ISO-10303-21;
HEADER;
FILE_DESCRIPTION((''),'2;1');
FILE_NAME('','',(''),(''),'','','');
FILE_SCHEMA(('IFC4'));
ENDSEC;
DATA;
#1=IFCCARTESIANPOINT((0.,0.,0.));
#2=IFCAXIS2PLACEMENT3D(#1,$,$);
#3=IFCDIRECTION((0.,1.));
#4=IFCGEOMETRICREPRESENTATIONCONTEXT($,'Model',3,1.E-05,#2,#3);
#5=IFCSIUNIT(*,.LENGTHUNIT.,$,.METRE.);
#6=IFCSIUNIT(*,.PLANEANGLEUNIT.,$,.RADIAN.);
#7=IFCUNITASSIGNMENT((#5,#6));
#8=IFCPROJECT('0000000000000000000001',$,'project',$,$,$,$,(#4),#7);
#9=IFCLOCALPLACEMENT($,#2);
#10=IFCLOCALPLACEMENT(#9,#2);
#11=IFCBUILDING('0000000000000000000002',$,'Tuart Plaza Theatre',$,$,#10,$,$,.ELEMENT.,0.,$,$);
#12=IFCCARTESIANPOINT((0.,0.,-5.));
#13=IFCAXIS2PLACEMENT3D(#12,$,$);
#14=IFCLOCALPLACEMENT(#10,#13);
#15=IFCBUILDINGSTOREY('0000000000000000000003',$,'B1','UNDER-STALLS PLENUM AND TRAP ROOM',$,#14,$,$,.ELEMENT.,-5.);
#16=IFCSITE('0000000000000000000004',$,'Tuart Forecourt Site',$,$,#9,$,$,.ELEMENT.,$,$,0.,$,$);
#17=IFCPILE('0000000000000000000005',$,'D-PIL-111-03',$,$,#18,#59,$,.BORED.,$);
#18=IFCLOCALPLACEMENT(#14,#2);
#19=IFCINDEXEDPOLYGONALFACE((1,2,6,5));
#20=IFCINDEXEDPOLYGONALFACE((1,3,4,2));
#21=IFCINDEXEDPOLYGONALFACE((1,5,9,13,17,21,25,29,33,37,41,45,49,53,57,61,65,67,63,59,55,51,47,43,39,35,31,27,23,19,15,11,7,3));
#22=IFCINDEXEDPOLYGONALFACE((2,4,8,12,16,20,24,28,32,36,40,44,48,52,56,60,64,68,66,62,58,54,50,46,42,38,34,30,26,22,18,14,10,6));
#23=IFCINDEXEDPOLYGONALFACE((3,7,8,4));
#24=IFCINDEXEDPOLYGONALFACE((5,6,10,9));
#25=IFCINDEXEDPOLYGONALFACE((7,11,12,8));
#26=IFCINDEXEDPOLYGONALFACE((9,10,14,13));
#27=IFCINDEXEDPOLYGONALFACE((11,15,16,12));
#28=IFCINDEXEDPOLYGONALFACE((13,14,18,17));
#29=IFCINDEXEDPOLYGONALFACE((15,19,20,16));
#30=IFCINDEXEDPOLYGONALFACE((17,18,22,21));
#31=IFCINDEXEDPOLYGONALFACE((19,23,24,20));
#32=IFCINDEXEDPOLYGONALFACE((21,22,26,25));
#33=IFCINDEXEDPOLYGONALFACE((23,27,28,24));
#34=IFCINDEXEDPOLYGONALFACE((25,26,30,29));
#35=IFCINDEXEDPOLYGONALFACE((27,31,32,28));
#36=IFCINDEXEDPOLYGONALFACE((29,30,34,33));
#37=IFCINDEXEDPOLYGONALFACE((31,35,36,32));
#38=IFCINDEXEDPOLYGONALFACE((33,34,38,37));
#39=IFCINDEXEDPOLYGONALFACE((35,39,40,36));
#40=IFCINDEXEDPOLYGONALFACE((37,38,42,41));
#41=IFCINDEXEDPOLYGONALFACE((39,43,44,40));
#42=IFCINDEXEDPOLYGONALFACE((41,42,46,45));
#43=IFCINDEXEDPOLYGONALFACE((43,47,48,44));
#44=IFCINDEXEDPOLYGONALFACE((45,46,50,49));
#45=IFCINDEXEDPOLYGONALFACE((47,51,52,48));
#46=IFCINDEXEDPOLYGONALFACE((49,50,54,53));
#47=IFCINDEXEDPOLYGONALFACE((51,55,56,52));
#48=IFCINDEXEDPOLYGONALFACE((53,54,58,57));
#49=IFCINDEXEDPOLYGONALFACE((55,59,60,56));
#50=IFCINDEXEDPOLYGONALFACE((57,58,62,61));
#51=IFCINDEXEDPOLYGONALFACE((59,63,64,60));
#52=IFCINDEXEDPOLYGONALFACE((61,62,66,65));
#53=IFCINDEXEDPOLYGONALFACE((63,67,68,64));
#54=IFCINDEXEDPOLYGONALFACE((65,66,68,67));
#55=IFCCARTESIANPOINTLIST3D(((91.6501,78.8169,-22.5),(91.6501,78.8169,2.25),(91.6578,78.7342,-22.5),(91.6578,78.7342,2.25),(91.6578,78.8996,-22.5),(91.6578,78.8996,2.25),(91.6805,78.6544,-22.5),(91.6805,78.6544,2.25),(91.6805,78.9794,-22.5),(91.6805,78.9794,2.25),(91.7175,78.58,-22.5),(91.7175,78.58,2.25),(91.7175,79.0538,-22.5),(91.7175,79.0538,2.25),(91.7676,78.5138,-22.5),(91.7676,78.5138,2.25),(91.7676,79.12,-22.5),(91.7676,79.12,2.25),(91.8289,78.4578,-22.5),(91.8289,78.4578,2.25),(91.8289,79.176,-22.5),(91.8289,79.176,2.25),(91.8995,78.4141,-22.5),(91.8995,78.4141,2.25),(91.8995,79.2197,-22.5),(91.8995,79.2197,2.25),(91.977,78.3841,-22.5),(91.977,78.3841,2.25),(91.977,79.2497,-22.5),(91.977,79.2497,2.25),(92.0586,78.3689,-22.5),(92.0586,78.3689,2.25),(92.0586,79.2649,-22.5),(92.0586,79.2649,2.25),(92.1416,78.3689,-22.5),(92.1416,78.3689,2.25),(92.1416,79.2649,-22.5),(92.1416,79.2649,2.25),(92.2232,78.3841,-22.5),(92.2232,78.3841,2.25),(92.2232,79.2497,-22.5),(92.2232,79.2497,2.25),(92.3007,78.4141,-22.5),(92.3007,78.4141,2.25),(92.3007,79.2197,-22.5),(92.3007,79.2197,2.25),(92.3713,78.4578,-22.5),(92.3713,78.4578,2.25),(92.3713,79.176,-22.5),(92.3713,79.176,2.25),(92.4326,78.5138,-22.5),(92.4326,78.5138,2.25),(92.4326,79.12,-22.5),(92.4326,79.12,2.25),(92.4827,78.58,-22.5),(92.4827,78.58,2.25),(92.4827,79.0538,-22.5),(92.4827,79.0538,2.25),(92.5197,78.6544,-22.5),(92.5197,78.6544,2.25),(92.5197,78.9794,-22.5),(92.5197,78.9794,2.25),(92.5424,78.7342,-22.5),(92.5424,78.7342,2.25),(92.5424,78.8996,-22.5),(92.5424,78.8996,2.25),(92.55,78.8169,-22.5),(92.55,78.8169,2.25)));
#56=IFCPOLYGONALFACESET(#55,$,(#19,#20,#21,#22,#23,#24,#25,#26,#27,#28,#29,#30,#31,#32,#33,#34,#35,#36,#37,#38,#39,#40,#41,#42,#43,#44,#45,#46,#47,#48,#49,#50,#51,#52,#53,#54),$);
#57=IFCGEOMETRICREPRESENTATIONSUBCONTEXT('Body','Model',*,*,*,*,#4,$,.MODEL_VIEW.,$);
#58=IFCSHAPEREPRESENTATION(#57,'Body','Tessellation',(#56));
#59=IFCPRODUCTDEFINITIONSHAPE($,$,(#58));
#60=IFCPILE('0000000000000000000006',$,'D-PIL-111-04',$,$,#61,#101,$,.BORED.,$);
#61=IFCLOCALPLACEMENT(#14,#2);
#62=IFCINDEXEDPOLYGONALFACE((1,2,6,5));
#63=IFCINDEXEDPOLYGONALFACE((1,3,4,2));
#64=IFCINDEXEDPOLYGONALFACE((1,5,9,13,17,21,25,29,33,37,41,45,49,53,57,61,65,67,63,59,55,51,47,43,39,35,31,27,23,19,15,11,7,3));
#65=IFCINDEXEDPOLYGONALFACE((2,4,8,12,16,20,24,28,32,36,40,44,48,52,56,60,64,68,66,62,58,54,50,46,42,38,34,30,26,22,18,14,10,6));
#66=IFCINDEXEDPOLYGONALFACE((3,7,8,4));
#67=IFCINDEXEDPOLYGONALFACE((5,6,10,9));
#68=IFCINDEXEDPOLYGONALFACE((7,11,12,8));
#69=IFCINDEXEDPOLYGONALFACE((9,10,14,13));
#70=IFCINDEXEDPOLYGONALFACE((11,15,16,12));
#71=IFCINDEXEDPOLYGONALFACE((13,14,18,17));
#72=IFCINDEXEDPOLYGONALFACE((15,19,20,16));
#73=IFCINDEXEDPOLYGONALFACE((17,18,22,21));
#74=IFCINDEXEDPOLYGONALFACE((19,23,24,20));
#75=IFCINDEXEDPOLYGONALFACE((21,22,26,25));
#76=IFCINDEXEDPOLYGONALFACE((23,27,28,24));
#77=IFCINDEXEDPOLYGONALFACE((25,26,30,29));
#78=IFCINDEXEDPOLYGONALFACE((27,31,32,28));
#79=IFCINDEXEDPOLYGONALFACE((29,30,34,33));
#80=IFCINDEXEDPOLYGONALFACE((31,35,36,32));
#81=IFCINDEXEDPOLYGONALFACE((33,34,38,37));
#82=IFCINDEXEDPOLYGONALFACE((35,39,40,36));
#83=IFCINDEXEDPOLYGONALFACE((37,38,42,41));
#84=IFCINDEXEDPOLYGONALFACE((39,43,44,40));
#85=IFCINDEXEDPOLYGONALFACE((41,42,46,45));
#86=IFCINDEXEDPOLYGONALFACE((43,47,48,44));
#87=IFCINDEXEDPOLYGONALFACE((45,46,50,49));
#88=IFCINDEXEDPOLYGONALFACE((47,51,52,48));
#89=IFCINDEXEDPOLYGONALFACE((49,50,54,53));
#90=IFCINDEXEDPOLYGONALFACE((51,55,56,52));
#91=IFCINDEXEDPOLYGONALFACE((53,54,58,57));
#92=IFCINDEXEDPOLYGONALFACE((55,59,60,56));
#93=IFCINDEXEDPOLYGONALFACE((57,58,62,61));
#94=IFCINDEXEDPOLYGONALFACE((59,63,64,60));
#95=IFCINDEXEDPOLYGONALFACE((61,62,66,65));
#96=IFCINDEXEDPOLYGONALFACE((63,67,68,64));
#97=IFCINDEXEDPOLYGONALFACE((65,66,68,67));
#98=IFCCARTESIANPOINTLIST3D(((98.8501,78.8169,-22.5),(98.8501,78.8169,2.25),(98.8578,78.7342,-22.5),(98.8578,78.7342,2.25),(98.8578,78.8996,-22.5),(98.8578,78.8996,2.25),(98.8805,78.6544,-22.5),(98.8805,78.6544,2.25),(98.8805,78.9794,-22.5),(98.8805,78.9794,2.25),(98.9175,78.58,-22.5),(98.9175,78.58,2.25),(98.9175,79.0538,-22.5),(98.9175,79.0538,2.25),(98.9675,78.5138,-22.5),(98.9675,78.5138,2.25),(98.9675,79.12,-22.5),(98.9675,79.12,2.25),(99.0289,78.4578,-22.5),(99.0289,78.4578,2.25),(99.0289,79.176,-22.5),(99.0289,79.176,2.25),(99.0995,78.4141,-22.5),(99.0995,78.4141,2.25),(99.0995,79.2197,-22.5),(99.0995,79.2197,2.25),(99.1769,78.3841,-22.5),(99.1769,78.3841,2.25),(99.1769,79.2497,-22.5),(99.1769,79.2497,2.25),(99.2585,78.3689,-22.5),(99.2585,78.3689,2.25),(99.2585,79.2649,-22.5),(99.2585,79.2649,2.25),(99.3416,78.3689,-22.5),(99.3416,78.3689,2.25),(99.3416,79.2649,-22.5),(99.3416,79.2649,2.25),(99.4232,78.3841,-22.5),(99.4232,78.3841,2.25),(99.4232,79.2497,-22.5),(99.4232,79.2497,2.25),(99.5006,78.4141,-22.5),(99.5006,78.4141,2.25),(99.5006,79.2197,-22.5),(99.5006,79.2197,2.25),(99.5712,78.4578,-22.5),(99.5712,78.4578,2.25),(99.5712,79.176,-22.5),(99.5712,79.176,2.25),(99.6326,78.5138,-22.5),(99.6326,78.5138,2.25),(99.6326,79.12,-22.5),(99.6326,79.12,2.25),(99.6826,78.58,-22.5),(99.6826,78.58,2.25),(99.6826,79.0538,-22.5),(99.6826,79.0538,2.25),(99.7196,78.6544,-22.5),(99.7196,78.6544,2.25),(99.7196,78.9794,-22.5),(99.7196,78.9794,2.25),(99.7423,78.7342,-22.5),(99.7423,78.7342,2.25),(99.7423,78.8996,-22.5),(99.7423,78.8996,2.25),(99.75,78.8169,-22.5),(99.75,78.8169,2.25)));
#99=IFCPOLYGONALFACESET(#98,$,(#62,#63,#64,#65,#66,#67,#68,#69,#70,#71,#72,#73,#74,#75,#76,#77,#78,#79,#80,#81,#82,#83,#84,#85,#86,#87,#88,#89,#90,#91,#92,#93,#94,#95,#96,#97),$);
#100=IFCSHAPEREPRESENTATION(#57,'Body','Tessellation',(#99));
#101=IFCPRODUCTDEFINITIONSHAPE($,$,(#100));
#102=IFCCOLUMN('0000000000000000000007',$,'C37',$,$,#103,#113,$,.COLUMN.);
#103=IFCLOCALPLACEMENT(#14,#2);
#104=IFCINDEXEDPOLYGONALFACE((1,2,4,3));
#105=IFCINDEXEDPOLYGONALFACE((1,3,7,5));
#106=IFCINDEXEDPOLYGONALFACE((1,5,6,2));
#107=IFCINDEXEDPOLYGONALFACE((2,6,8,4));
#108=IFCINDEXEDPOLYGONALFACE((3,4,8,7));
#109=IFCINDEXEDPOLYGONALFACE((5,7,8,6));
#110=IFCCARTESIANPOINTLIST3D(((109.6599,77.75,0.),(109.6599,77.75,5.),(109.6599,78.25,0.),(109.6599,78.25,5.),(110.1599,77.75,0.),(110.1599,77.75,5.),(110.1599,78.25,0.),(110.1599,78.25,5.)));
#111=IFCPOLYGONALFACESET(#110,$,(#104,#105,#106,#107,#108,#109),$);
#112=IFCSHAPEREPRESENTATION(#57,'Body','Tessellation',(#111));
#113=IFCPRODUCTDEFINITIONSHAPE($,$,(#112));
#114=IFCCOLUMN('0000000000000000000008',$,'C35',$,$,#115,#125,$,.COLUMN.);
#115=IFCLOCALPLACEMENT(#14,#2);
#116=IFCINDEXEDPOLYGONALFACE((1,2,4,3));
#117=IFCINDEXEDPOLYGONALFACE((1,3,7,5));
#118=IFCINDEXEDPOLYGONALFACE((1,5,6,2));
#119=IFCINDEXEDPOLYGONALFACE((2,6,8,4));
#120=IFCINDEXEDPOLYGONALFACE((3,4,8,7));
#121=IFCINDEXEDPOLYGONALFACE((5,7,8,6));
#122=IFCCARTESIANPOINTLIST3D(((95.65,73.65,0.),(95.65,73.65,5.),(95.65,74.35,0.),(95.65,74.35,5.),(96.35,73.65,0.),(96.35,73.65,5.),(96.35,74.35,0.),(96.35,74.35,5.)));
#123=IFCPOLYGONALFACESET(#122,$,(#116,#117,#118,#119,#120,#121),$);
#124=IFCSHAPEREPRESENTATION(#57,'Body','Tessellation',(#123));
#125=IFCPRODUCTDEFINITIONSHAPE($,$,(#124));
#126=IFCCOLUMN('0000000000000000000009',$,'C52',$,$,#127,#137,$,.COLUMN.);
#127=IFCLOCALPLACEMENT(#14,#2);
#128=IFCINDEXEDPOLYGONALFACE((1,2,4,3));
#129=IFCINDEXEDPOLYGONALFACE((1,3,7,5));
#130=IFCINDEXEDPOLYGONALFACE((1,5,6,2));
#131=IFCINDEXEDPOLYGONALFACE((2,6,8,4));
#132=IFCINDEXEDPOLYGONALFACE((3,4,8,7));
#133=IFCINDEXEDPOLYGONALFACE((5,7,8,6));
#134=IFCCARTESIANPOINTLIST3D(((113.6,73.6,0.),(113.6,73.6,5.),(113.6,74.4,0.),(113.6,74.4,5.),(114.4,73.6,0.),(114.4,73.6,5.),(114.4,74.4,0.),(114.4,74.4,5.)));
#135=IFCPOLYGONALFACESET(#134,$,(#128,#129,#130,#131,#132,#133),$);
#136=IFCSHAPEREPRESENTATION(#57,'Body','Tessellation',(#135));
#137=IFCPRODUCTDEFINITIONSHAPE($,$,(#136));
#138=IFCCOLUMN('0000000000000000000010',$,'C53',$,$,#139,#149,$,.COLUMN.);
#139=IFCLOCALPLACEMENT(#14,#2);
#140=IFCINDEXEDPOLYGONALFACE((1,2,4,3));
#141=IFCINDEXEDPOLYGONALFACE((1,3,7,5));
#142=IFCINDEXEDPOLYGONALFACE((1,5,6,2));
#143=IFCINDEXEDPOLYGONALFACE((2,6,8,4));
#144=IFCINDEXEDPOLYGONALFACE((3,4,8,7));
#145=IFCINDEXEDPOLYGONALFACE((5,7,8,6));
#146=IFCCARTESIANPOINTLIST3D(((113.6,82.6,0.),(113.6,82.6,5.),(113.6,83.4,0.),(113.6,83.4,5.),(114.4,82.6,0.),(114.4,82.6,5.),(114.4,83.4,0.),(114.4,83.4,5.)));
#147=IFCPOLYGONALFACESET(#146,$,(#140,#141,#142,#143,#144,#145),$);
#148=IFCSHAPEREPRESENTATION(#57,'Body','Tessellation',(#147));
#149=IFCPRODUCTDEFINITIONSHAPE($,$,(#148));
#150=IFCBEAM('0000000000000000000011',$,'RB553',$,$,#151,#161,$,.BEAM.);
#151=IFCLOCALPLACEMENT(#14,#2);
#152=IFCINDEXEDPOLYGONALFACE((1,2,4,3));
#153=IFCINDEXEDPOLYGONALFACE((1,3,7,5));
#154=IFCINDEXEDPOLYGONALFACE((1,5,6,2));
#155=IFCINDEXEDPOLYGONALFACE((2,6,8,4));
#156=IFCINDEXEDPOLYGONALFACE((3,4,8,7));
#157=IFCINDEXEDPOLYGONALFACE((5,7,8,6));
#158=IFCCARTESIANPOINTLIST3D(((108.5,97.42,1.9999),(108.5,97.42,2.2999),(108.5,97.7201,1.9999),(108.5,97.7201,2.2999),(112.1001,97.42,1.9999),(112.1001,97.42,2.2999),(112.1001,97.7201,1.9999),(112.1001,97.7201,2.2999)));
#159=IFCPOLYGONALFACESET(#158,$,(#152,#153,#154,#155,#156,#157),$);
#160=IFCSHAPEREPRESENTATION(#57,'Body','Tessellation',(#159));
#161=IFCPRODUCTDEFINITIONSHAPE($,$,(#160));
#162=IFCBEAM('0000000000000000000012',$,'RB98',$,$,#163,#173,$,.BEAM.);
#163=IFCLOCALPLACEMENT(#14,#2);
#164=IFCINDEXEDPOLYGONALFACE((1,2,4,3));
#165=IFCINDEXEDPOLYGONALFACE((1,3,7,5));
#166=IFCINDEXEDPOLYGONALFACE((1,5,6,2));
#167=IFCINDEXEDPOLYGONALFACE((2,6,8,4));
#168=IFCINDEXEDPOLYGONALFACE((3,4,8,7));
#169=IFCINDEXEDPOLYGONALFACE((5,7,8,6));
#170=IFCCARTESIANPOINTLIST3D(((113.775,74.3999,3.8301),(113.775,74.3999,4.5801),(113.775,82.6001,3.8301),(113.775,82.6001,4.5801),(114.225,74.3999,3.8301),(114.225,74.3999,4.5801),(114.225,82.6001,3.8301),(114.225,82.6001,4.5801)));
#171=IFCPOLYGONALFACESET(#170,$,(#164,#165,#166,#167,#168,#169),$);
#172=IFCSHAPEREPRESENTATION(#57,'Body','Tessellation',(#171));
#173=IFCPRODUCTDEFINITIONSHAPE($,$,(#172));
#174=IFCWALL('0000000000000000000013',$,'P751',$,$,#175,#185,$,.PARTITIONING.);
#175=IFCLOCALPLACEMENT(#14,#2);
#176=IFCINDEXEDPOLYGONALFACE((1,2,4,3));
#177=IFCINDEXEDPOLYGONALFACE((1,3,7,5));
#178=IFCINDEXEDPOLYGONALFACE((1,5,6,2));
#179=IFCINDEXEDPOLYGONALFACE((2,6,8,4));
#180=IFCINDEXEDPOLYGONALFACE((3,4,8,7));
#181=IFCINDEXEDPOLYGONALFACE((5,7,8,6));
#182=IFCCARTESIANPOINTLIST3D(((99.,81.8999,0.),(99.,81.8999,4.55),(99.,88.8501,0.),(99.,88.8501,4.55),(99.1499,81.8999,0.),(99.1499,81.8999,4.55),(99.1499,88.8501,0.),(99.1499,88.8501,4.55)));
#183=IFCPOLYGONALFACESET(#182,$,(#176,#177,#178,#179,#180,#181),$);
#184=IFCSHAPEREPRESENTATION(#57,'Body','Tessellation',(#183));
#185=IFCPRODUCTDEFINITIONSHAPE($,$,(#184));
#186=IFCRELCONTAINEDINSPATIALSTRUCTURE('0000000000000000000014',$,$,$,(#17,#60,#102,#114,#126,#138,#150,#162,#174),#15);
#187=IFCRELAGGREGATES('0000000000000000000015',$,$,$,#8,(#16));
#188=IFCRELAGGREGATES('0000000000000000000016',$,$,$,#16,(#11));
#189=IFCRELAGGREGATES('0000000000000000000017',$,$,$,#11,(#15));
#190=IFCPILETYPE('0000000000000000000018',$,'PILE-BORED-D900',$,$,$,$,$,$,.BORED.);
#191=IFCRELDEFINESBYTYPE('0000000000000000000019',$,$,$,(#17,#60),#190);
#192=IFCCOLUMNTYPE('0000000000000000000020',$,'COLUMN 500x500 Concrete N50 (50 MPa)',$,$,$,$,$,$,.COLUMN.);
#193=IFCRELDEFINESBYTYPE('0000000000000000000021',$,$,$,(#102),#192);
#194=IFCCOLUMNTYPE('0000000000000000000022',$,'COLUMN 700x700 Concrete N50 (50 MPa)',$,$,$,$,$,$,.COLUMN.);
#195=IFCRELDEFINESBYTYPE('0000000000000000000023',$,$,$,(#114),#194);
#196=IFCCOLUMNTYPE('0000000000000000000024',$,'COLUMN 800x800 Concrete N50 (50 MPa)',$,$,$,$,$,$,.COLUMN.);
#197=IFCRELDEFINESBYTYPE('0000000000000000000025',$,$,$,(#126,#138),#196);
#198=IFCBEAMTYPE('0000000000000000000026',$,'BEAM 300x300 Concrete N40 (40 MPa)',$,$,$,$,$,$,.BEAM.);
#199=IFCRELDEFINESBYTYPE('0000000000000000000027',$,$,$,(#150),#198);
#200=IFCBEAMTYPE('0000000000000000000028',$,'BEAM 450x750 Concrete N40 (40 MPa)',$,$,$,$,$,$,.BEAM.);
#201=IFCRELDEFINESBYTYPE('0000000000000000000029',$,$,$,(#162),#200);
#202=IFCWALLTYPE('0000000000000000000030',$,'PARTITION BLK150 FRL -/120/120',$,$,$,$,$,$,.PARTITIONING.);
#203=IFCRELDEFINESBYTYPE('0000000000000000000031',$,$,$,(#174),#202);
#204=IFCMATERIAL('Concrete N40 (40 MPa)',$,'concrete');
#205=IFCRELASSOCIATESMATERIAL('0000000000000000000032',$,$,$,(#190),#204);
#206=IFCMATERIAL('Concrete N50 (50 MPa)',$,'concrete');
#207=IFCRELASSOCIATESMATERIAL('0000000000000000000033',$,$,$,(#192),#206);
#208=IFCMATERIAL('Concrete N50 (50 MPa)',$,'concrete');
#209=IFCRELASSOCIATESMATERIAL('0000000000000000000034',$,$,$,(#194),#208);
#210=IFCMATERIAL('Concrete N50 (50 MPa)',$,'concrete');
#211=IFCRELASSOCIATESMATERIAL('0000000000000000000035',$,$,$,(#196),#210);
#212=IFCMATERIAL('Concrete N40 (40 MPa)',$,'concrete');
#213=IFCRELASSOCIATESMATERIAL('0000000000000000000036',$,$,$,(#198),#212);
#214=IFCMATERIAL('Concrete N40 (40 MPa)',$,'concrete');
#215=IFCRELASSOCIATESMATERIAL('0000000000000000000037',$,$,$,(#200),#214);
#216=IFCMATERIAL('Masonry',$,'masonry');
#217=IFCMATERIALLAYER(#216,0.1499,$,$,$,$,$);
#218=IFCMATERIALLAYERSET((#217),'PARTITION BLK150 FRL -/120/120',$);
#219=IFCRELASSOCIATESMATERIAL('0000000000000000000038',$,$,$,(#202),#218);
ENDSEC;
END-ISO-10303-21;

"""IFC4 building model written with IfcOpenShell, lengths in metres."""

from ifc_helpers import new_model, si_unit, direction, frame, frame_2d, origin, origin_2d, place, context, subcontext, project, spatial, rectangle, circle, extrude, material, layer, layer_set, material_profile, profile_set, type_object, element, save


model = new_model("IFC4")

# Units and contexts
model_context = context("Model", 3, precision=1e-05, world=origin(), true_north=direction((0.0, 1.0)))
body_context = subcontext(model_context, "Body", "Model", "MODEL_VIEW")
ifc_project = project(units=[si_unit("LENGTHUNIT", "METRE"), si_unit("PLANEANGLEUNIT", "RADIAN")], contexts=[model_context])

# Site, building, storey
site_placement = place(None, origin())
site = spatial("IfcSite", under=ifc_project, at=site_placement, Name="Tuart Forecourt Site", CompositionType="ELEMENT", RefElevation=0.0)
building_placement = place(site_placement, origin())
building = spatial("IfcBuilding", under=site, at=building_placement, Name="Tuart Plaza Theatre", CompositionType="ELEMENT", ElevationOfRefHeight=0.0)
storey_placement = place(building_placement, frame((0.0, 0.0, -5.0)))
storey = spatial("IfcBuildingStorey", under=building, at=storey_placement, Name="B1", Description="UNDER-STALLS PLENUM AND TRAP ROOM", CompositionType="ELEMENT", Elevation=-5.0)

# Piles
ifc_material_1 = material(Name="Concrete N40 (40 MPa)", Category="concrete")
ifc_material_profile_1 = material_profile(ifc_material_1, circle(Radius=0.45, at=origin_2d()), Name="PILE-BORED-D900")
ifc_profile_set_1 = profile_set([ifc_material_profile_1], Name="Concrete N40 (40 MPa)")
pile_type_1 = type_object("IfcPileType", Name="PILE-BORED-D900", PredefinedType="BORED", material=ifc_profile_set_1)
for number, where, z_axis, x_axis, name in (
    (1, (92.1001, 78.8169, 2.25), (0.0, 0.0, -1.0), (1.0, 0.0, 0.0), "D-PIL-111-03"),
    (2, (99.3, 78.8169, 2.25), (0.0, 0.0, -1.0), (1.0, 0.0, 0.0), "D-PIL-111-04"),
):
    element("IfcPile", number, at=place(storey_placement, frame(where, z_axis=z_axis, x_axis=x_axis)), inside=storey, type_object=pile_type_1, Name=name, PredefinedType="BORED", context=body_context, shape_type="SweptSolid", body=[
        extrude(circle(Radius=0.45, at=origin_2d()), origin(), (0.0, 0.0, 1.0), 24.75),
    ])

# Columns
ifc_material_2 = material(Name="Concrete N50 (50 MPa)", Category="concrete")
ifc_material_profile_2 = material_profile(ifc_material_2, rectangle(XDim=0.5, YDim=0.5, at=origin_2d()), Name="COLUMN 500x500 Concrete N50 (50 MPa)")
ifc_profile_set_2 = profile_set([ifc_material_profile_2], Name="Concrete N50 (50 MPa)")
column_type_1 = type_object("IfcColumnType", Name="COLUMN 500x500 Concrete N50 (50 MPa)", PredefinedType="COLUMN", material=ifc_profile_set_2)
column_1_placement = place(storey_placement, frame((109.9099, 78.0, 0.0), z_axis=(0.0, 0.0, 1.0), x_axis=(1.0, 0.0, 0.0)))
element("IfcColumn", 3, at=column_1_placement, inside=storey, type_object=column_type_1, Name="C37", PredefinedType="COLUMN", context=body_context, shape_type="SweptSolid", body=[
    extrude(rectangle(XDim=0.5, YDim=0.5, at=origin_2d()), origin(), (0.0, 0.0, 1.0), 5.0),
])
ifc_material_3 = material(Name="Concrete N50 (50 MPa)", Category="concrete")
ifc_material_profile_3 = material_profile(ifc_material_3, rectangle(XDim=0.7, YDim=0.7, at=origin_2d()), Name="COLUMN 700x700 Concrete N50 (50 MPa)")
ifc_profile_set_3 = profile_set([ifc_material_profile_3], Name="Concrete N50 (50 MPa)")
column_type_2 = type_object("IfcColumnType", Name="COLUMN 700x700 Concrete N50 (50 MPa)", PredefinedType="COLUMN", material=ifc_profile_set_3)
column_2_placement = place(storey_placement, frame((96.0, 74.0, 0.0), z_axis=(0.0, 0.0, 1.0), x_axis=(1.0, 0.0, 0.0)))
element("IfcColumn", 4, at=column_2_placement, inside=storey, type_object=column_type_2, Name="C35", PredefinedType="COLUMN", context=body_context, shape_type="SweptSolid", body=[
    extrude(rectangle(XDim=0.7, YDim=0.7, at=origin_2d()), origin(), (0.0, 0.0, 1.0), 5.0),
])
ifc_material_4 = material(Name="Concrete N50 (50 MPa)", Category="concrete")
ifc_material_profile_4 = material_profile(ifc_material_4, rectangle(XDim=0.8, YDim=0.8, at=origin_2d()), Name="COLUMN 800x800 Concrete N50 (50 MPa)")
ifc_profile_set_4 = profile_set([ifc_material_profile_4], Name="Concrete N50 (50 MPa)")
column_type_3 = type_object("IfcColumnType", Name="COLUMN 800x800 Concrete N50 (50 MPa)", PredefinedType="COLUMN", material=ifc_profile_set_4)
for number, where, z_axis, x_axis, name in (
    (5, (114.0, 74.0, 0.0), (0.0, 0.0, 1.0), (1.0, 0.0, 0.0), "C52"),
    (6, (114.0, 83.0, 0.0), (0.0, 0.0, 1.0), (1.0, 0.0, 0.0), "C53"),
):
    element("IfcColumn", number, at=place(storey_placement, frame(where, z_axis=z_axis, x_axis=x_axis)), inside=storey, type_object=column_type_3, Name=name, PredefinedType="COLUMN", context=body_context, shape_type="SweptSolid", body=[
        extrude(rectangle(XDim=0.8, YDim=0.8, at=origin_2d()), origin(), (0.0, 0.0, 1.0), 5.0),
    ])

# Beams
ifc_material_5 = material(Name="Concrete N40 (40 MPa)", Category="concrete")
ifc_material_profile_5 = material_profile(ifc_material_5, rectangle(XDim=0.3, YDim=0.3, at=origin_2d()), Name="BEAM 300x300 Concrete N40 (40 MPa)")
ifc_profile_set_5 = profile_set([ifc_material_profile_5], Name="Concrete N40 (40 MPa)")
beam_type_1 = type_object("IfcBeamType", Name="BEAM 300x300 Concrete N40 (40 MPa)", PredefinedType="BEAM", material=ifc_profile_set_5)
beam_1_placement = place(storey_placement, frame((108.5, 97.5701, 2.1499), z_axis=(1.0, 0.0, 0.0), x_axis=(0.0, 1.0, 0.0)))
element("IfcBeam", 7, at=beam_1_placement, inside=storey, type_object=beam_type_1, Name="RB553", PredefinedType="BEAM", context=body_context, shape_type="SweptSolid", body=[
    extrude(rectangle(XDim=0.3, YDim=0.3, at=origin_2d()), origin(), (0.0, 0.0, 1.0), 3.6001),
])
ifc_material_6 = material(Name="Concrete N40 (40 MPa)", Category="concrete")
ifc_material_profile_6 = material_profile(ifc_material_6, rectangle(XDim=0.45, YDim=0.75, at=origin_2d()), Name="BEAM 450x750 Concrete N40 (40 MPa)")
ifc_profile_set_6 = profile_set([ifc_material_profile_6], Name="Concrete N40 (40 MPa)")
beam_type_2 = type_object("IfcBeamType", Name="BEAM 450x750 Concrete N40 (40 MPa)", PredefinedType="BEAM", material=ifc_profile_set_6)
beam_2_placement = place(storey_placement, frame((114.0, 74.3999, 4.2051), z_axis=(0.0, 1.0, 0.0), x_axis=(-1.0, 0.0, 0.0)))
element("IfcBeam", 8, at=beam_2_placement, inside=storey, type_object=beam_type_2, Name="RB98", PredefinedType="BEAM", context=body_context, shape_type="SweptSolid", body=[
    extrude(rectangle(XDim=0.45, YDim=0.75, at=origin_2d()), origin(), (0.0, 0.0, 1.0), 8.2002),
])

# Wall
ifc_material_7 = material(Name="Masonry", Category="masonry")
ifc_layer_1 = layer(ifc_material_7, 0.1499)
ifc_layer_set_1 = layer_set([ifc_layer_1], Name="PARTITION BLK150 FRL -/120/120")
wall_type_1 = type_object("IfcWallType", Name="PARTITION BLK150 FRL -/120/120", PredefinedType="PARTITIONING", material=ifc_layer_set_1)
for number, where, z_axis, x_axis, name in (
    (9, (99.075, 81.8999, 0.0), (0.0, 0.0, 1.0), (0.0, 1.0, 0.0), "P751"),
):
    element("IfcWall", number, at=place(storey_placement, frame(where, z_axis=z_axis, x_axis=x_axis)), inside=storey, type_object=wall_type_1, Name=name, PredefinedType="PARTITIONING", context=body_context, shape_type="SweptSolid", body=[
        extrude(rectangle(XDim=6.9502, YDim=0.1499, at=frame_2d((3.4751, 0.0))), origin(), (0.0, 0.0, 1.0), 4.55),
    ])

save(model, "model.ifc")
